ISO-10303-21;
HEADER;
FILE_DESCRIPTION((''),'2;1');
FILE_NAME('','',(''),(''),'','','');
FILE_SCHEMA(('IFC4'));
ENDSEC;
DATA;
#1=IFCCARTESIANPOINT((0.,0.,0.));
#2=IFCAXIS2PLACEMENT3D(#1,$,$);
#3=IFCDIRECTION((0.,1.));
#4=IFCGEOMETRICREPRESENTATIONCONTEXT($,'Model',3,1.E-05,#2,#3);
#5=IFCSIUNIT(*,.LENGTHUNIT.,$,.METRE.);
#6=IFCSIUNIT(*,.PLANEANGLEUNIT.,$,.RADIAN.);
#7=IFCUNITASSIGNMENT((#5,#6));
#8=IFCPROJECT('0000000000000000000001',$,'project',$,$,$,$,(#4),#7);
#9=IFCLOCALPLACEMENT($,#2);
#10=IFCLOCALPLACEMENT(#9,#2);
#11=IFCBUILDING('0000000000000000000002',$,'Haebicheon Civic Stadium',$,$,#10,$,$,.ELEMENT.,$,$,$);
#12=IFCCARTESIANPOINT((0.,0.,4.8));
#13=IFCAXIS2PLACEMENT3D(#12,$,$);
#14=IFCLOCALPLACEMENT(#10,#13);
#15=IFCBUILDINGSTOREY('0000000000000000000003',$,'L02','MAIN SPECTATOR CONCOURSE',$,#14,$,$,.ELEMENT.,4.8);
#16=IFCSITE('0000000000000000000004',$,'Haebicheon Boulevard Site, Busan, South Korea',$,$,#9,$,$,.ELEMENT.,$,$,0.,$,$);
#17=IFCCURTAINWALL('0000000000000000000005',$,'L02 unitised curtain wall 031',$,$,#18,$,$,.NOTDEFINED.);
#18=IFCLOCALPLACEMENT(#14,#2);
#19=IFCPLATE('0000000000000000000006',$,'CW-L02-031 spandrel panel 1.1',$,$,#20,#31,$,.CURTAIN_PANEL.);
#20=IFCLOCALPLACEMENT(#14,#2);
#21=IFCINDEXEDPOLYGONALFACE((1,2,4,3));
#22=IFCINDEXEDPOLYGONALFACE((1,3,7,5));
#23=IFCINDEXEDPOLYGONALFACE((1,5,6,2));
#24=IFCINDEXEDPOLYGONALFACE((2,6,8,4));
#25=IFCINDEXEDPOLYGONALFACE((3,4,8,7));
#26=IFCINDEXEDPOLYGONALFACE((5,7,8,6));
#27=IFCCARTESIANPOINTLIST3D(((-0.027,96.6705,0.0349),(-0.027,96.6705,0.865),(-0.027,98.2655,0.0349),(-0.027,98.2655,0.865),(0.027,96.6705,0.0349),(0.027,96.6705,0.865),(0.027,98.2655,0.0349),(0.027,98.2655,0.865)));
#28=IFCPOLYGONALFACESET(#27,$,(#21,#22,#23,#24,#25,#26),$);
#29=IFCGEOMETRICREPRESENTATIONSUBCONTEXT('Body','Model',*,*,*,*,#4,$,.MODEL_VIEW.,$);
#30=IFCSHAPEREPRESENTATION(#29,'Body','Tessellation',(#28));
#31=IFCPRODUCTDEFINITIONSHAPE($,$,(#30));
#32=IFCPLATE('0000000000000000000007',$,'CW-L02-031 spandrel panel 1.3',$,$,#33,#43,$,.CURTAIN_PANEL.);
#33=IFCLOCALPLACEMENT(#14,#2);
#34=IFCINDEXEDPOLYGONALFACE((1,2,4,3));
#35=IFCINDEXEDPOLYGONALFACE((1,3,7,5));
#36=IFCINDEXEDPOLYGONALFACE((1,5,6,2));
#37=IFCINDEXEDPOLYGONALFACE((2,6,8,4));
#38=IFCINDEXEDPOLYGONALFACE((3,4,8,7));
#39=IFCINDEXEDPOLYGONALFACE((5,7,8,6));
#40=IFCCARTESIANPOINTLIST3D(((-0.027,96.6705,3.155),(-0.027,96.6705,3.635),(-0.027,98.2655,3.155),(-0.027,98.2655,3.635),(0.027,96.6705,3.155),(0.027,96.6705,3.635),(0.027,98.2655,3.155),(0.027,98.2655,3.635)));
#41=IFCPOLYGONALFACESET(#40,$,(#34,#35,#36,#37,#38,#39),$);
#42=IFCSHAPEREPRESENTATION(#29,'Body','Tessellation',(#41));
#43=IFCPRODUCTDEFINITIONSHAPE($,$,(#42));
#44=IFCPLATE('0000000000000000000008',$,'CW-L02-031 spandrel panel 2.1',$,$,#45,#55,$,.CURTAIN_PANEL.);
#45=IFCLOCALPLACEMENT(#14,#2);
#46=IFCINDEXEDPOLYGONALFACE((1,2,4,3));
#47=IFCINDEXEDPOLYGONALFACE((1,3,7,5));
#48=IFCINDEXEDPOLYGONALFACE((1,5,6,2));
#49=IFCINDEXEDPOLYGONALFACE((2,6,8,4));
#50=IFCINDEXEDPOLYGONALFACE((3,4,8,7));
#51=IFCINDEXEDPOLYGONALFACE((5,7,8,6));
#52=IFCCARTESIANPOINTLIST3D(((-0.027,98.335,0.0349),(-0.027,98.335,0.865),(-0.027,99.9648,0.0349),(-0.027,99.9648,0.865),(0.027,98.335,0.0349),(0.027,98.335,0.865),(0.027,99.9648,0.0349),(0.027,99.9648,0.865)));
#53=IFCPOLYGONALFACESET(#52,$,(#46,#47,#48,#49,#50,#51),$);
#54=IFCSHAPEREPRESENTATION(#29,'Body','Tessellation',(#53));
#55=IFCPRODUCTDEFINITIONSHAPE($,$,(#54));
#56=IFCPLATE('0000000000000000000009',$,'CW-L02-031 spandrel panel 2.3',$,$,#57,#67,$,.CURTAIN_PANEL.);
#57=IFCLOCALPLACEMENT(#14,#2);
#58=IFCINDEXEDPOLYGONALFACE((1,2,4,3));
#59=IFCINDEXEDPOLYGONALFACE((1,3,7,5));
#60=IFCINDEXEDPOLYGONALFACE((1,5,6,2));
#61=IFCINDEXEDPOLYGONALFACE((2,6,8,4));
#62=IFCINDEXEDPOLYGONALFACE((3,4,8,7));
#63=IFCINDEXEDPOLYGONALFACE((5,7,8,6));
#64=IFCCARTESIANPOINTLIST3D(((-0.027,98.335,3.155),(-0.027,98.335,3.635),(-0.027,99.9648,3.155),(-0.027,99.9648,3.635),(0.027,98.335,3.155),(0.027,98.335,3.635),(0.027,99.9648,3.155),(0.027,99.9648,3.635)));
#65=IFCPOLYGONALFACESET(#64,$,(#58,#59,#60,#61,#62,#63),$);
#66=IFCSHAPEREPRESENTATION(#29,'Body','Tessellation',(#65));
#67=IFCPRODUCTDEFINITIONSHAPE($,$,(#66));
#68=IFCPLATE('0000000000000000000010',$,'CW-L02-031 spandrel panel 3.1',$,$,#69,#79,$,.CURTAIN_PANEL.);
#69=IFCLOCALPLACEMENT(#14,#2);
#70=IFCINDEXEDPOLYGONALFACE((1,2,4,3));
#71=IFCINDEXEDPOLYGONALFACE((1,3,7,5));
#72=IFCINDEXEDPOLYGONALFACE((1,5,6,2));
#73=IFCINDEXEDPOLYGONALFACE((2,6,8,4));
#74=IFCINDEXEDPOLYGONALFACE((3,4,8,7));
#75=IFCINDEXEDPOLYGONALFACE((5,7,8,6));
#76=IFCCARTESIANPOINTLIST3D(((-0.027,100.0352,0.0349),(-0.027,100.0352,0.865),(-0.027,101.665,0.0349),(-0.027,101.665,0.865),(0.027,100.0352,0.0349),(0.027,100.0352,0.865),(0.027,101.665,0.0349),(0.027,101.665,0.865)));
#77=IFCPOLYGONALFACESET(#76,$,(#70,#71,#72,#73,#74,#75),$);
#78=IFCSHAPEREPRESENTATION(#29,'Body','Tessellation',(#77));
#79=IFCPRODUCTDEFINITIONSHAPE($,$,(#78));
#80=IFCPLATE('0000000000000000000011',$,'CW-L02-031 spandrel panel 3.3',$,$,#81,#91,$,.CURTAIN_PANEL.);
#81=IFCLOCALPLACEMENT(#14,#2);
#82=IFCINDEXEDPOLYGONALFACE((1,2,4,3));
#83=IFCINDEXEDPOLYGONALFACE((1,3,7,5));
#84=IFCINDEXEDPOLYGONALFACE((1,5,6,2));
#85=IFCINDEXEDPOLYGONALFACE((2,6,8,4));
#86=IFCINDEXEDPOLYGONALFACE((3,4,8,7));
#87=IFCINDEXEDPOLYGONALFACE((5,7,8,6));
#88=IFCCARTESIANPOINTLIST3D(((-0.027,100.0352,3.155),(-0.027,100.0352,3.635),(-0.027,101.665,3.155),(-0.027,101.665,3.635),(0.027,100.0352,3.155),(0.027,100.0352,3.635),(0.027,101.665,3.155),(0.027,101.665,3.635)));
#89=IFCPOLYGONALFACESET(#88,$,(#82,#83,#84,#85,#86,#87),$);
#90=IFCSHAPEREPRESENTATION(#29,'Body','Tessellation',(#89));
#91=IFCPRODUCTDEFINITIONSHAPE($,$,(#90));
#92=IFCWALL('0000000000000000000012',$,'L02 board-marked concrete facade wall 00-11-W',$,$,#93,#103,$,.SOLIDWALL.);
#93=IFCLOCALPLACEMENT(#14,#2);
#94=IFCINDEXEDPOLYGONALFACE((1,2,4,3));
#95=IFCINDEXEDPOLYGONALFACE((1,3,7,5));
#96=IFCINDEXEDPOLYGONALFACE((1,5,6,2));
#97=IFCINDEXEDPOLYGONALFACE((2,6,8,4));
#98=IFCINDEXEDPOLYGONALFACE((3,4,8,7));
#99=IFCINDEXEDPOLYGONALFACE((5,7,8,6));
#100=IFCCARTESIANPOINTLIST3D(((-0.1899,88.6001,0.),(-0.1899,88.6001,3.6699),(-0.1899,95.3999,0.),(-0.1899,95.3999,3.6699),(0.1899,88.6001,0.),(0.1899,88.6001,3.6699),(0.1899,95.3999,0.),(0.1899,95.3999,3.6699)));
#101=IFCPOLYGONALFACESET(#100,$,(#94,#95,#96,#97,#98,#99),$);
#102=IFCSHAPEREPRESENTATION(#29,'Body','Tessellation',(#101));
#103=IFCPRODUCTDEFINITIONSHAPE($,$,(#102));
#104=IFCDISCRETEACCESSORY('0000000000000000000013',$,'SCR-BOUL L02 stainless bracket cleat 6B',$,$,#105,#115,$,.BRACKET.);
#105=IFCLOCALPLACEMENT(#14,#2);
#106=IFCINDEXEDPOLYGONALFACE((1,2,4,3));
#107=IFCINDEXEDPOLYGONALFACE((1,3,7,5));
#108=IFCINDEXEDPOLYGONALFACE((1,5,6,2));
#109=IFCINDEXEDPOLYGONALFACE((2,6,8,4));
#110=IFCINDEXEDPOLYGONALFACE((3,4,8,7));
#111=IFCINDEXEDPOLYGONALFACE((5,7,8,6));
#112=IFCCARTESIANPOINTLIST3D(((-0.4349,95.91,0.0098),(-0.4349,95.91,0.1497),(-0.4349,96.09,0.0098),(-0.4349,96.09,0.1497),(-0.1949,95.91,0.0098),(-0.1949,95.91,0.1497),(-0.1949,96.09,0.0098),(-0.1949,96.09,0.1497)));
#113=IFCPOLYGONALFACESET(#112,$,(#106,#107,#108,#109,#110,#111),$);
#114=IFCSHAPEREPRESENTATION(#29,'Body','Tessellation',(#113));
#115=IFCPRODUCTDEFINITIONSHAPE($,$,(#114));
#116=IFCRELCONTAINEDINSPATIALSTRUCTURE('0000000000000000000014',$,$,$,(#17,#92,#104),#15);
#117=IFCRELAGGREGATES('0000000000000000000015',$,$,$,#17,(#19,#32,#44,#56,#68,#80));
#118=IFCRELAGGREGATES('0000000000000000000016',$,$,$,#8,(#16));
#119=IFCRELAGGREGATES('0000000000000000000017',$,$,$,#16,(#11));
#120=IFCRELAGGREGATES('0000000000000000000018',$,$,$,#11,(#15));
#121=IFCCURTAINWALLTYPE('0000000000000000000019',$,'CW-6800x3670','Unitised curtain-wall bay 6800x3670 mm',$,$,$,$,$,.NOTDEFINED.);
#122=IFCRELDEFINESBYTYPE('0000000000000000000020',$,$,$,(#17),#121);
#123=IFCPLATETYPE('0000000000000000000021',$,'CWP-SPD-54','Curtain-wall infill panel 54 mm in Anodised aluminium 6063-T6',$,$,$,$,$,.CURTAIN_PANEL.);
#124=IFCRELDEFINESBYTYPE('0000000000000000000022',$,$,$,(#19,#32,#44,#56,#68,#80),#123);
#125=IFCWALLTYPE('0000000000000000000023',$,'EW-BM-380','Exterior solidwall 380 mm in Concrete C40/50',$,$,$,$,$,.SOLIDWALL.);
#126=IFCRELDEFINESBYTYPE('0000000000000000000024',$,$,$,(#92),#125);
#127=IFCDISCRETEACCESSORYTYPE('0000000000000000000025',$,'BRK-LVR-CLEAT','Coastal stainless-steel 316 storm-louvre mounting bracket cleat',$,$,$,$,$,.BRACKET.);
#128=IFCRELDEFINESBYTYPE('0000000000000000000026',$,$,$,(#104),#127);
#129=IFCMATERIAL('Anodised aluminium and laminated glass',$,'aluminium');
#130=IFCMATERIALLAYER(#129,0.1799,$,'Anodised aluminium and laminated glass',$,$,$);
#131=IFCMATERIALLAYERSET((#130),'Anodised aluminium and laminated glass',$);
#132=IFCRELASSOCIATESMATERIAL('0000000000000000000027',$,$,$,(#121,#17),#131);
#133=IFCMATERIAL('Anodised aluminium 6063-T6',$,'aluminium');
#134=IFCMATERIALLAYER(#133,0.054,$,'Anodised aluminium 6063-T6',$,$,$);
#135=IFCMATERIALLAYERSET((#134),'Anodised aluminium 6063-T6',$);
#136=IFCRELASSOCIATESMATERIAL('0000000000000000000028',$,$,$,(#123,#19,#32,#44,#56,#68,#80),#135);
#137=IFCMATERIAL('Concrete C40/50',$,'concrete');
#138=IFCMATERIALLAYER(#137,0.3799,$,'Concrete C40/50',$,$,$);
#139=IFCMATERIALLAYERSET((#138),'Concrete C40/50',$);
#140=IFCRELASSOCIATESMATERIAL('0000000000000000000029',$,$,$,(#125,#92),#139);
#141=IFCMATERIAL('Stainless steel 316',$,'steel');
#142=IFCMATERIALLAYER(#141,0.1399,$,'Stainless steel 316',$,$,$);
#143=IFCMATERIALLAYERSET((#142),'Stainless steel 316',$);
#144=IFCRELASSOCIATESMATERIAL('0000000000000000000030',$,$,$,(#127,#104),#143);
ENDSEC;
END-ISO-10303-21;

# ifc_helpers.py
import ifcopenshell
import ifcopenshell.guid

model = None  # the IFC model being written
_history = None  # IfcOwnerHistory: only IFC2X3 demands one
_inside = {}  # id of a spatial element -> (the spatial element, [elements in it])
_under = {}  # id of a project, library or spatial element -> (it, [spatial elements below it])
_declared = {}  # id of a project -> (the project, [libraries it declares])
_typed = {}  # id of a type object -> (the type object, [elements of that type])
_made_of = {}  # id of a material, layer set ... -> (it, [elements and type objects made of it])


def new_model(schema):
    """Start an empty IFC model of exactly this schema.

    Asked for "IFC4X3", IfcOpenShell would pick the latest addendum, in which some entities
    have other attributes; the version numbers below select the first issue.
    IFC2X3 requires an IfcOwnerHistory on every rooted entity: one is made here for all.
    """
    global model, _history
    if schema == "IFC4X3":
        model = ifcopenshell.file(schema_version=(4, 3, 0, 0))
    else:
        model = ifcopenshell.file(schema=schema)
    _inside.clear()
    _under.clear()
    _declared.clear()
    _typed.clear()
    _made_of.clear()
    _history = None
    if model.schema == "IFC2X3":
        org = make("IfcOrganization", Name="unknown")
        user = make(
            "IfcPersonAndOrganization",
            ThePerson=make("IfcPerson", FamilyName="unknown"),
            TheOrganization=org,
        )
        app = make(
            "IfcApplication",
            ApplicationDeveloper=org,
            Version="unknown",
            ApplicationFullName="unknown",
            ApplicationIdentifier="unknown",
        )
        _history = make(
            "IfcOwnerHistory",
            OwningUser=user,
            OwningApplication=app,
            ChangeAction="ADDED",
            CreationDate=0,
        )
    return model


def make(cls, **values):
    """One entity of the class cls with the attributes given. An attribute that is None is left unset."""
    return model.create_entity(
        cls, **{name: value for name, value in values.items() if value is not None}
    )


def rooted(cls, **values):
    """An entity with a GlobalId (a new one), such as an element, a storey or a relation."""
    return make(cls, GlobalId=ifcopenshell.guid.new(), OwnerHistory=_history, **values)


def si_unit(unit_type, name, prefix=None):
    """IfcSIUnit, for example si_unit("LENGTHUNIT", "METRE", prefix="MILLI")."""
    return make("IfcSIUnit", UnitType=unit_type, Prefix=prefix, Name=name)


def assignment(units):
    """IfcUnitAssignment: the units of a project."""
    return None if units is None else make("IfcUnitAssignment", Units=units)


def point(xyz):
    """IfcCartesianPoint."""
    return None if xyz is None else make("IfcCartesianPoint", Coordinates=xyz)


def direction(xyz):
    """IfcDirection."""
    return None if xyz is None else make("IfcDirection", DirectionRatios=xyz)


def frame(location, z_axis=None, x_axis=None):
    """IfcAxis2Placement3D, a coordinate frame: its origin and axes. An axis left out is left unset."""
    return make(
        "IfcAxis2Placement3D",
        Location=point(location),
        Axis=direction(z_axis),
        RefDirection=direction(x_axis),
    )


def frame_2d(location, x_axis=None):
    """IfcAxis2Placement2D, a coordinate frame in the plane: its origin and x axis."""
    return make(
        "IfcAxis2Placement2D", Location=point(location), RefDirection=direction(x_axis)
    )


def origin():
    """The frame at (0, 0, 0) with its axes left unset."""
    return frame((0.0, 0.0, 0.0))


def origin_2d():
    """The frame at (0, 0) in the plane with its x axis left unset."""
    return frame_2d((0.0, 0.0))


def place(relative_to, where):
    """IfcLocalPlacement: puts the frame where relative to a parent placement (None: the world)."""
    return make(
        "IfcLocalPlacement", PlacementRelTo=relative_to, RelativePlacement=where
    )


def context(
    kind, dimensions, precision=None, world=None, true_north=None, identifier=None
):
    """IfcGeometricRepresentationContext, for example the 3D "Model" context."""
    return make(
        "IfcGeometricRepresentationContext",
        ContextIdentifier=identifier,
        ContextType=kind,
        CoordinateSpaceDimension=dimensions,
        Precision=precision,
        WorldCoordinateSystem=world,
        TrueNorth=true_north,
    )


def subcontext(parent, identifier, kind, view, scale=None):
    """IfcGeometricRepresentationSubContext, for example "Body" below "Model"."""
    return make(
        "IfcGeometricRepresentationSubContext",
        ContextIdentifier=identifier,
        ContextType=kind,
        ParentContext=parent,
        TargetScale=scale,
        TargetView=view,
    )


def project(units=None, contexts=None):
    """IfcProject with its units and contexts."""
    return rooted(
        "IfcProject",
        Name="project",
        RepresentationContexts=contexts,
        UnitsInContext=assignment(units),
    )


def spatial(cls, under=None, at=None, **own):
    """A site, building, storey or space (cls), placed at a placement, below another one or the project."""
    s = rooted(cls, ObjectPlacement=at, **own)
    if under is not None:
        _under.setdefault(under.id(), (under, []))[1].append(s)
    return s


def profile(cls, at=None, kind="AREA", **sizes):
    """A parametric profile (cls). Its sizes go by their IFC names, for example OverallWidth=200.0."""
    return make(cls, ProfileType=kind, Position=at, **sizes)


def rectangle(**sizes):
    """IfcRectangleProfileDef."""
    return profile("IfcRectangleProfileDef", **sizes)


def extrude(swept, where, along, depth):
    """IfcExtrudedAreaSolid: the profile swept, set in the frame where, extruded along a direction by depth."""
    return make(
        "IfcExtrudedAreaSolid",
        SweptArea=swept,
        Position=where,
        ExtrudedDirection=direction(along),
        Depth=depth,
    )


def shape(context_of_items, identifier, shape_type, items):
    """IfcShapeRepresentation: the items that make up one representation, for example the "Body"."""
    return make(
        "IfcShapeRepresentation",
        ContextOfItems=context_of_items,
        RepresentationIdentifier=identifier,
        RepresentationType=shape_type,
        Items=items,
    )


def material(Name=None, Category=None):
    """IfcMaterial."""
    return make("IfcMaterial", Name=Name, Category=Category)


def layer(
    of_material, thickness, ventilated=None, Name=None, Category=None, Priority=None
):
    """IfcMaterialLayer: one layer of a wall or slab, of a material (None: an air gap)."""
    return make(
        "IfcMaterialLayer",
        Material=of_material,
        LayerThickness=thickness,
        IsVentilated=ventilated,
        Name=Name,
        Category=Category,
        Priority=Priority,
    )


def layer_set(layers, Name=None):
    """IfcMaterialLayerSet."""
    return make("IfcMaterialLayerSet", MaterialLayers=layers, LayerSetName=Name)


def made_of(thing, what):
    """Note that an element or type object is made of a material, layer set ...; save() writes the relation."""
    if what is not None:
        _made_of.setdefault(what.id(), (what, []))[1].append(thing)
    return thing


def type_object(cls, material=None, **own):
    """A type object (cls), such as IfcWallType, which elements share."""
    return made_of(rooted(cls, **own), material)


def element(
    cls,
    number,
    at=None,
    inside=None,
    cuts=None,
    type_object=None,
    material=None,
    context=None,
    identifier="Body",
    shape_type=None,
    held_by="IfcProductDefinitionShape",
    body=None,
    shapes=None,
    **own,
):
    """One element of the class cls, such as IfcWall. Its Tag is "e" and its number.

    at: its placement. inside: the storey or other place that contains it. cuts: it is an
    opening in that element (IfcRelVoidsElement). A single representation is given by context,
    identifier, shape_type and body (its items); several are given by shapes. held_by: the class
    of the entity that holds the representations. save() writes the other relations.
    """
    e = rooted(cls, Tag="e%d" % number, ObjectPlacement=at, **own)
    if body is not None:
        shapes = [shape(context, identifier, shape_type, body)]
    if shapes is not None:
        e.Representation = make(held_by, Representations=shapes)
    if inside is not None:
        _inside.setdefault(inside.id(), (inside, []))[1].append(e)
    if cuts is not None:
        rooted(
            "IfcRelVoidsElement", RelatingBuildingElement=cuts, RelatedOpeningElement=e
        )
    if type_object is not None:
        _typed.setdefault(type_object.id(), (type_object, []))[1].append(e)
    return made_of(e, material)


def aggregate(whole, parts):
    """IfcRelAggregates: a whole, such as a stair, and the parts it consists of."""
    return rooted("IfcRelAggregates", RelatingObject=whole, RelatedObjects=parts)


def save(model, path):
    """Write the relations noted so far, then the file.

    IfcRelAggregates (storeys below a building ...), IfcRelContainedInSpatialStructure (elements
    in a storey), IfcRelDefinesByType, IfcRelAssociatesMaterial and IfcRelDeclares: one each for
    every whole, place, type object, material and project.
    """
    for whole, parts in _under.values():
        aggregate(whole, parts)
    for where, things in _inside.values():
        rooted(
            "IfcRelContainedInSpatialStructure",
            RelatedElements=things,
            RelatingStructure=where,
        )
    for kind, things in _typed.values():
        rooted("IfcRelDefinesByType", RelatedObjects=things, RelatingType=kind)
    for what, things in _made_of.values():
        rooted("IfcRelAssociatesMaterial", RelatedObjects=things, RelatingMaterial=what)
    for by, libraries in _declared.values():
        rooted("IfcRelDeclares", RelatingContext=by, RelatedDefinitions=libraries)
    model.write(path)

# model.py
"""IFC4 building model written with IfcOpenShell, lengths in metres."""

from ifc_helpers import new_model, si_unit, direction, frame, frame_2d, origin, origin_2d, place, context, subcontext, project, spatial, rectangle, extrude, material, layer, layer_set, type_object, element, aggregate, save


model = new_model("IFC4")

# Units and contexts
model_context = context("Model", 3, precision=1e-05, world=origin(), true_north=direction((0.0, 1.0)))
body_context = subcontext(model_context, "Body", "Model", "MODEL_VIEW")
ifc_project = project(units=[si_unit("LENGTHUNIT", "METRE"), si_unit("PLANEANGLEUNIT", "RADIAN")], contexts=[model_context])

# Site, building, storey
site_placement = place(None, origin())
site = spatial("IfcSite", under=ifc_project, at=site_placement, Name="Haebicheon Boulevard Site, Busan, South Korea", CompositionType="ELEMENT", RefElevation=0.0)
building_placement = place(site_placement, origin())
building = spatial("IfcBuilding", under=site, at=building_placement, Name="Haebicheon Civic Stadium", CompositionType="ELEMENT")
storey_placement = place(building_placement, frame((0.0, 0.0, 4.8)))
storey = spatial("IfcBuildingStorey", under=building, at=storey_placement, Name="L02", Description="MAIN SPECTATOR CONCOURSE", CompositionType="ELEMENT", Elevation=4.8)

# Curtain wall
ifc_material_1 = material(Name="Anodised aluminium and laminated glass", Category="aluminium")
ifc_layer_1 = layer(ifc_material_1, 0.1799, Name="Anodised aluminium and laminated glass")
ifc_layer_set_1 = layer_set([ifc_layer_1], Name="Anodised aluminium and laminated glass")
curtain_wall_type = type_object("IfcCurtainWallType", Name="CW-6800x3670", Description="Unitised curtain-wall bay 6800x3670 mm", PredefinedType="NOTDEFINED", material=ifc_layer_set_1)
curtain_wall_placement = place(storey_placement, origin())
curtain_wall = element("IfcCurtainWall", 1, at=curtain_wall_placement, inside=storey, type_object=curtain_wall_type, material=ifc_layer_set_1, Name="L02 unitised curtain wall 031", PredefinedType="NOTDEFINED")

# Plates
ifc_material_2 = material(Name="Anodised aluminium 6063-T6", Category="aluminium")
ifc_layer_2 = layer(ifc_material_2, 0.054, Name="Anodised aluminium 6063-T6")
ifc_layer_set_2 = layer_set([ifc_layer_2], Name="Anodised aluminium 6063-T6")
plate_type_1 = type_object("IfcPlateType", Name="CWP-SPD-54", Description="Curtain-wall infill panel 54 mm in Anodised aluminium 6063-T6", PredefinedType="CURTAIN_PANEL", material=ifc_layer_set_2)
plate_1_placement = place(storey_placement, frame((0.0, 97.468, 0.0349), z_axis=(0.0, 0.0, 1.0), x_axis=(0.0, 1.0, 0.0)))
plate_1 = element("IfcPlate", 2, at=plate_1_placement, type_object=plate_type_1, material=ifc_layer_set_2, Name="CW-L02-031 spandrel panel 1.1", PredefinedType="CURTAIN_PANEL", context=body_context, shape_type="SweptSolid", body=[
    extrude(rectangle(XDim=1.595, YDim=0.054, at=origin_2d()), origin(), (0.0, 0.0, 1.0), 0.8301),
])
plate_2_placement = place(storey_placement, frame((0.0, 97.468, 3.155), z_axis=(0.0, 0.0, 1.0), x_axis=(0.0, 1.0, 0.0)))
plate_2 = element("IfcPlate", 3, at=plate_2_placement, type_object=plate_type_1, material=ifc_layer_set_2, Name="CW-L02-031 spandrel panel 1.3", PredefinedType="CURTAIN_PANEL", context=body_context, shape_type="SweptSolid", body=[
    extrude(rectangle(XDim=1.595, YDim=0.054, at=origin_2d()), origin(), (0.0, 0.0, 1.0), 0.48),
])
plate_3_placement = place(storey_placement, frame((0.0, 99.1499, 0.0349), z_axis=(0.0, 0.0, 1.0), x_axis=(0.0, 1.0, 0.0)))
plate_3 = element("IfcPlate", 4, at=plate_3_placement, type_object=plate_type_1, material=ifc_layer_set_2, Name="CW-L02-031 spandrel panel 2.1", PredefinedType="CURTAIN_PANEL", context=body_context, shape_type="SweptSolid", body=[
    extrude(rectangle(XDim=1.6299, YDim=0.054, at=origin_2d()), origin(), (0.0, 0.0, 1.0), 0.8301),
])
plate_4_placement = place(storey_placement, frame((0.0, 99.1499, 3.155), z_axis=(0.0, 0.0, 1.0), x_axis=(0.0, 1.0, 0.0)))
plate_4 = element("IfcPlate", 5, at=plate_4_placement, type_object=plate_type_1, material=ifc_layer_set_2, Name="CW-L02-031 spandrel panel 2.3", PredefinedType="CURTAIN_PANEL", context=body_context, shape_type="SweptSolid", body=[
    extrude(rectangle(XDim=1.6299, YDim=0.054, at=origin_2d()), origin(), (0.0, 0.0, 1.0), 0.48),
])
plate_5_placement = place(storey_placement, frame((0.0, 100.8501, 0.0349), z_axis=(0.0, 0.0, 1.0), x_axis=(0.0, 1.0, 0.0)))
plate_5 = element("IfcPlate", 6, at=plate_5_placement, type_object=plate_type_1, material=ifc_layer_set_2, Name="CW-L02-031 spandrel panel 3.1", PredefinedType="CURTAIN_PANEL", context=body_context, shape_type="SweptSolid", body=[
    extrude(rectangle(XDim=1.6299, YDim=0.054, at=origin_2d()), origin(), (0.0, 0.0, 1.0), 0.8301),
])
plate_6_placement = place(storey_placement, frame((0.0, 100.8501, 3.155), z_axis=(0.0, 0.0, 1.0), x_axis=(0.0, 1.0, 0.0)))
plate_6 = element("IfcPlate", 7, at=plate_6_placement, type_object=plate_type_1, material=ifc_layer_set_2, Name="CW-L02-031 spandrel panel 3.3", PredefinedType="CURTAIN_PANEL", context=body_context, shape_type="SweptSolid", body=[
    extrude(rectangle(XDim=1.6299, YDim=0.054, at=origin_2d()), origin(), (0.0, 0.0, 1.0), 0.48),
])
aggregate(curtain_wall, [plate_1, plate_2, plate_3, plate_4, plate_5, plate_6])

# Wall
ifc_material_3 = material(Name="Concrete C40/50", Category="concrete")
ifc_layer_3 = layer(ifc_material_3, 0.3799, Name="Concrete C40/50")
ifc_layer_set_3 = layer_set([ifc_layer_3], Name="Concrete C40/50")
wall_type = type_object("IfcWallType", Name="EW-BM-380", Description="Exterior solidwall 380 mm in Concrete C40/50", PredefinedType="SOLIDWALL", material=ifc_layer_set_3)
wall_placement = place(storey_placement, frame((0.0, 88.6001, 0.0), z_axis=(0.0, 0.0, 1.0), x_axis=(0.0, 1.0, 0.0)))
element("IfcWall", 8, at=wall_placement, inside=storey, type_object=wall_type, material=ifc_layer_set_3, Name="L02 board-marked concrete facade wall 00-11-W", PredefinedType="SOLIDWALL", context=body_context, shape_type="SweptSolid", body=[
    extrude(rectangle(XDim=6.7998, YDim=0.3799, at=frame_2d((3.3999, 0.0))), origin(), (0.0, 0.0, 1.0), 3.6699),
])

# Discrete accessory
ifc_material_4 = material(Name="Stainless steel 316", Category="steel")
ifc_layer_4 = layer(ifc_material_4, 0.1399, Name="Stainless steel 316")
ifc_layer_set_4 = layer_set([ifc_layer_4], Name="Stainless steel 316")
discrete_accessory_type = type_object("IfcDiscreteAccessoryType", Name="BRK-LVR-CLEAT", Description="Coastal stainless-steel 316 storm-louvre mounting bracket cleat", PredefinedType="BRACKET", material=ifc_layer_set_4)
discrete_accessory_placement = place(storey_placement, frame((-0.3149, 96.0, 0.0098), z_axis=(0.0, 0.0, 1.0), x_axis=(1.0, 0.0, 0.0)))
element("IfcDiscreteAccessory", 9, at=discrete_accessory_placement, inside=storey, type_object=discrete_accessory_type, material=ifc_layer_set_4, Name="SCR-BOUL L02 stainless bracket cleat 6B", PredefinedType="BRACKET", context=body_context, shape_type="SweptSolid", body=[
    extrude(rectangle(XDim=0.24, YDim=0.1799, at=origin_2d()), origin(), (0.0, 0.0, 1.0), 0.1399),
])

save(model, "model.ifc")
